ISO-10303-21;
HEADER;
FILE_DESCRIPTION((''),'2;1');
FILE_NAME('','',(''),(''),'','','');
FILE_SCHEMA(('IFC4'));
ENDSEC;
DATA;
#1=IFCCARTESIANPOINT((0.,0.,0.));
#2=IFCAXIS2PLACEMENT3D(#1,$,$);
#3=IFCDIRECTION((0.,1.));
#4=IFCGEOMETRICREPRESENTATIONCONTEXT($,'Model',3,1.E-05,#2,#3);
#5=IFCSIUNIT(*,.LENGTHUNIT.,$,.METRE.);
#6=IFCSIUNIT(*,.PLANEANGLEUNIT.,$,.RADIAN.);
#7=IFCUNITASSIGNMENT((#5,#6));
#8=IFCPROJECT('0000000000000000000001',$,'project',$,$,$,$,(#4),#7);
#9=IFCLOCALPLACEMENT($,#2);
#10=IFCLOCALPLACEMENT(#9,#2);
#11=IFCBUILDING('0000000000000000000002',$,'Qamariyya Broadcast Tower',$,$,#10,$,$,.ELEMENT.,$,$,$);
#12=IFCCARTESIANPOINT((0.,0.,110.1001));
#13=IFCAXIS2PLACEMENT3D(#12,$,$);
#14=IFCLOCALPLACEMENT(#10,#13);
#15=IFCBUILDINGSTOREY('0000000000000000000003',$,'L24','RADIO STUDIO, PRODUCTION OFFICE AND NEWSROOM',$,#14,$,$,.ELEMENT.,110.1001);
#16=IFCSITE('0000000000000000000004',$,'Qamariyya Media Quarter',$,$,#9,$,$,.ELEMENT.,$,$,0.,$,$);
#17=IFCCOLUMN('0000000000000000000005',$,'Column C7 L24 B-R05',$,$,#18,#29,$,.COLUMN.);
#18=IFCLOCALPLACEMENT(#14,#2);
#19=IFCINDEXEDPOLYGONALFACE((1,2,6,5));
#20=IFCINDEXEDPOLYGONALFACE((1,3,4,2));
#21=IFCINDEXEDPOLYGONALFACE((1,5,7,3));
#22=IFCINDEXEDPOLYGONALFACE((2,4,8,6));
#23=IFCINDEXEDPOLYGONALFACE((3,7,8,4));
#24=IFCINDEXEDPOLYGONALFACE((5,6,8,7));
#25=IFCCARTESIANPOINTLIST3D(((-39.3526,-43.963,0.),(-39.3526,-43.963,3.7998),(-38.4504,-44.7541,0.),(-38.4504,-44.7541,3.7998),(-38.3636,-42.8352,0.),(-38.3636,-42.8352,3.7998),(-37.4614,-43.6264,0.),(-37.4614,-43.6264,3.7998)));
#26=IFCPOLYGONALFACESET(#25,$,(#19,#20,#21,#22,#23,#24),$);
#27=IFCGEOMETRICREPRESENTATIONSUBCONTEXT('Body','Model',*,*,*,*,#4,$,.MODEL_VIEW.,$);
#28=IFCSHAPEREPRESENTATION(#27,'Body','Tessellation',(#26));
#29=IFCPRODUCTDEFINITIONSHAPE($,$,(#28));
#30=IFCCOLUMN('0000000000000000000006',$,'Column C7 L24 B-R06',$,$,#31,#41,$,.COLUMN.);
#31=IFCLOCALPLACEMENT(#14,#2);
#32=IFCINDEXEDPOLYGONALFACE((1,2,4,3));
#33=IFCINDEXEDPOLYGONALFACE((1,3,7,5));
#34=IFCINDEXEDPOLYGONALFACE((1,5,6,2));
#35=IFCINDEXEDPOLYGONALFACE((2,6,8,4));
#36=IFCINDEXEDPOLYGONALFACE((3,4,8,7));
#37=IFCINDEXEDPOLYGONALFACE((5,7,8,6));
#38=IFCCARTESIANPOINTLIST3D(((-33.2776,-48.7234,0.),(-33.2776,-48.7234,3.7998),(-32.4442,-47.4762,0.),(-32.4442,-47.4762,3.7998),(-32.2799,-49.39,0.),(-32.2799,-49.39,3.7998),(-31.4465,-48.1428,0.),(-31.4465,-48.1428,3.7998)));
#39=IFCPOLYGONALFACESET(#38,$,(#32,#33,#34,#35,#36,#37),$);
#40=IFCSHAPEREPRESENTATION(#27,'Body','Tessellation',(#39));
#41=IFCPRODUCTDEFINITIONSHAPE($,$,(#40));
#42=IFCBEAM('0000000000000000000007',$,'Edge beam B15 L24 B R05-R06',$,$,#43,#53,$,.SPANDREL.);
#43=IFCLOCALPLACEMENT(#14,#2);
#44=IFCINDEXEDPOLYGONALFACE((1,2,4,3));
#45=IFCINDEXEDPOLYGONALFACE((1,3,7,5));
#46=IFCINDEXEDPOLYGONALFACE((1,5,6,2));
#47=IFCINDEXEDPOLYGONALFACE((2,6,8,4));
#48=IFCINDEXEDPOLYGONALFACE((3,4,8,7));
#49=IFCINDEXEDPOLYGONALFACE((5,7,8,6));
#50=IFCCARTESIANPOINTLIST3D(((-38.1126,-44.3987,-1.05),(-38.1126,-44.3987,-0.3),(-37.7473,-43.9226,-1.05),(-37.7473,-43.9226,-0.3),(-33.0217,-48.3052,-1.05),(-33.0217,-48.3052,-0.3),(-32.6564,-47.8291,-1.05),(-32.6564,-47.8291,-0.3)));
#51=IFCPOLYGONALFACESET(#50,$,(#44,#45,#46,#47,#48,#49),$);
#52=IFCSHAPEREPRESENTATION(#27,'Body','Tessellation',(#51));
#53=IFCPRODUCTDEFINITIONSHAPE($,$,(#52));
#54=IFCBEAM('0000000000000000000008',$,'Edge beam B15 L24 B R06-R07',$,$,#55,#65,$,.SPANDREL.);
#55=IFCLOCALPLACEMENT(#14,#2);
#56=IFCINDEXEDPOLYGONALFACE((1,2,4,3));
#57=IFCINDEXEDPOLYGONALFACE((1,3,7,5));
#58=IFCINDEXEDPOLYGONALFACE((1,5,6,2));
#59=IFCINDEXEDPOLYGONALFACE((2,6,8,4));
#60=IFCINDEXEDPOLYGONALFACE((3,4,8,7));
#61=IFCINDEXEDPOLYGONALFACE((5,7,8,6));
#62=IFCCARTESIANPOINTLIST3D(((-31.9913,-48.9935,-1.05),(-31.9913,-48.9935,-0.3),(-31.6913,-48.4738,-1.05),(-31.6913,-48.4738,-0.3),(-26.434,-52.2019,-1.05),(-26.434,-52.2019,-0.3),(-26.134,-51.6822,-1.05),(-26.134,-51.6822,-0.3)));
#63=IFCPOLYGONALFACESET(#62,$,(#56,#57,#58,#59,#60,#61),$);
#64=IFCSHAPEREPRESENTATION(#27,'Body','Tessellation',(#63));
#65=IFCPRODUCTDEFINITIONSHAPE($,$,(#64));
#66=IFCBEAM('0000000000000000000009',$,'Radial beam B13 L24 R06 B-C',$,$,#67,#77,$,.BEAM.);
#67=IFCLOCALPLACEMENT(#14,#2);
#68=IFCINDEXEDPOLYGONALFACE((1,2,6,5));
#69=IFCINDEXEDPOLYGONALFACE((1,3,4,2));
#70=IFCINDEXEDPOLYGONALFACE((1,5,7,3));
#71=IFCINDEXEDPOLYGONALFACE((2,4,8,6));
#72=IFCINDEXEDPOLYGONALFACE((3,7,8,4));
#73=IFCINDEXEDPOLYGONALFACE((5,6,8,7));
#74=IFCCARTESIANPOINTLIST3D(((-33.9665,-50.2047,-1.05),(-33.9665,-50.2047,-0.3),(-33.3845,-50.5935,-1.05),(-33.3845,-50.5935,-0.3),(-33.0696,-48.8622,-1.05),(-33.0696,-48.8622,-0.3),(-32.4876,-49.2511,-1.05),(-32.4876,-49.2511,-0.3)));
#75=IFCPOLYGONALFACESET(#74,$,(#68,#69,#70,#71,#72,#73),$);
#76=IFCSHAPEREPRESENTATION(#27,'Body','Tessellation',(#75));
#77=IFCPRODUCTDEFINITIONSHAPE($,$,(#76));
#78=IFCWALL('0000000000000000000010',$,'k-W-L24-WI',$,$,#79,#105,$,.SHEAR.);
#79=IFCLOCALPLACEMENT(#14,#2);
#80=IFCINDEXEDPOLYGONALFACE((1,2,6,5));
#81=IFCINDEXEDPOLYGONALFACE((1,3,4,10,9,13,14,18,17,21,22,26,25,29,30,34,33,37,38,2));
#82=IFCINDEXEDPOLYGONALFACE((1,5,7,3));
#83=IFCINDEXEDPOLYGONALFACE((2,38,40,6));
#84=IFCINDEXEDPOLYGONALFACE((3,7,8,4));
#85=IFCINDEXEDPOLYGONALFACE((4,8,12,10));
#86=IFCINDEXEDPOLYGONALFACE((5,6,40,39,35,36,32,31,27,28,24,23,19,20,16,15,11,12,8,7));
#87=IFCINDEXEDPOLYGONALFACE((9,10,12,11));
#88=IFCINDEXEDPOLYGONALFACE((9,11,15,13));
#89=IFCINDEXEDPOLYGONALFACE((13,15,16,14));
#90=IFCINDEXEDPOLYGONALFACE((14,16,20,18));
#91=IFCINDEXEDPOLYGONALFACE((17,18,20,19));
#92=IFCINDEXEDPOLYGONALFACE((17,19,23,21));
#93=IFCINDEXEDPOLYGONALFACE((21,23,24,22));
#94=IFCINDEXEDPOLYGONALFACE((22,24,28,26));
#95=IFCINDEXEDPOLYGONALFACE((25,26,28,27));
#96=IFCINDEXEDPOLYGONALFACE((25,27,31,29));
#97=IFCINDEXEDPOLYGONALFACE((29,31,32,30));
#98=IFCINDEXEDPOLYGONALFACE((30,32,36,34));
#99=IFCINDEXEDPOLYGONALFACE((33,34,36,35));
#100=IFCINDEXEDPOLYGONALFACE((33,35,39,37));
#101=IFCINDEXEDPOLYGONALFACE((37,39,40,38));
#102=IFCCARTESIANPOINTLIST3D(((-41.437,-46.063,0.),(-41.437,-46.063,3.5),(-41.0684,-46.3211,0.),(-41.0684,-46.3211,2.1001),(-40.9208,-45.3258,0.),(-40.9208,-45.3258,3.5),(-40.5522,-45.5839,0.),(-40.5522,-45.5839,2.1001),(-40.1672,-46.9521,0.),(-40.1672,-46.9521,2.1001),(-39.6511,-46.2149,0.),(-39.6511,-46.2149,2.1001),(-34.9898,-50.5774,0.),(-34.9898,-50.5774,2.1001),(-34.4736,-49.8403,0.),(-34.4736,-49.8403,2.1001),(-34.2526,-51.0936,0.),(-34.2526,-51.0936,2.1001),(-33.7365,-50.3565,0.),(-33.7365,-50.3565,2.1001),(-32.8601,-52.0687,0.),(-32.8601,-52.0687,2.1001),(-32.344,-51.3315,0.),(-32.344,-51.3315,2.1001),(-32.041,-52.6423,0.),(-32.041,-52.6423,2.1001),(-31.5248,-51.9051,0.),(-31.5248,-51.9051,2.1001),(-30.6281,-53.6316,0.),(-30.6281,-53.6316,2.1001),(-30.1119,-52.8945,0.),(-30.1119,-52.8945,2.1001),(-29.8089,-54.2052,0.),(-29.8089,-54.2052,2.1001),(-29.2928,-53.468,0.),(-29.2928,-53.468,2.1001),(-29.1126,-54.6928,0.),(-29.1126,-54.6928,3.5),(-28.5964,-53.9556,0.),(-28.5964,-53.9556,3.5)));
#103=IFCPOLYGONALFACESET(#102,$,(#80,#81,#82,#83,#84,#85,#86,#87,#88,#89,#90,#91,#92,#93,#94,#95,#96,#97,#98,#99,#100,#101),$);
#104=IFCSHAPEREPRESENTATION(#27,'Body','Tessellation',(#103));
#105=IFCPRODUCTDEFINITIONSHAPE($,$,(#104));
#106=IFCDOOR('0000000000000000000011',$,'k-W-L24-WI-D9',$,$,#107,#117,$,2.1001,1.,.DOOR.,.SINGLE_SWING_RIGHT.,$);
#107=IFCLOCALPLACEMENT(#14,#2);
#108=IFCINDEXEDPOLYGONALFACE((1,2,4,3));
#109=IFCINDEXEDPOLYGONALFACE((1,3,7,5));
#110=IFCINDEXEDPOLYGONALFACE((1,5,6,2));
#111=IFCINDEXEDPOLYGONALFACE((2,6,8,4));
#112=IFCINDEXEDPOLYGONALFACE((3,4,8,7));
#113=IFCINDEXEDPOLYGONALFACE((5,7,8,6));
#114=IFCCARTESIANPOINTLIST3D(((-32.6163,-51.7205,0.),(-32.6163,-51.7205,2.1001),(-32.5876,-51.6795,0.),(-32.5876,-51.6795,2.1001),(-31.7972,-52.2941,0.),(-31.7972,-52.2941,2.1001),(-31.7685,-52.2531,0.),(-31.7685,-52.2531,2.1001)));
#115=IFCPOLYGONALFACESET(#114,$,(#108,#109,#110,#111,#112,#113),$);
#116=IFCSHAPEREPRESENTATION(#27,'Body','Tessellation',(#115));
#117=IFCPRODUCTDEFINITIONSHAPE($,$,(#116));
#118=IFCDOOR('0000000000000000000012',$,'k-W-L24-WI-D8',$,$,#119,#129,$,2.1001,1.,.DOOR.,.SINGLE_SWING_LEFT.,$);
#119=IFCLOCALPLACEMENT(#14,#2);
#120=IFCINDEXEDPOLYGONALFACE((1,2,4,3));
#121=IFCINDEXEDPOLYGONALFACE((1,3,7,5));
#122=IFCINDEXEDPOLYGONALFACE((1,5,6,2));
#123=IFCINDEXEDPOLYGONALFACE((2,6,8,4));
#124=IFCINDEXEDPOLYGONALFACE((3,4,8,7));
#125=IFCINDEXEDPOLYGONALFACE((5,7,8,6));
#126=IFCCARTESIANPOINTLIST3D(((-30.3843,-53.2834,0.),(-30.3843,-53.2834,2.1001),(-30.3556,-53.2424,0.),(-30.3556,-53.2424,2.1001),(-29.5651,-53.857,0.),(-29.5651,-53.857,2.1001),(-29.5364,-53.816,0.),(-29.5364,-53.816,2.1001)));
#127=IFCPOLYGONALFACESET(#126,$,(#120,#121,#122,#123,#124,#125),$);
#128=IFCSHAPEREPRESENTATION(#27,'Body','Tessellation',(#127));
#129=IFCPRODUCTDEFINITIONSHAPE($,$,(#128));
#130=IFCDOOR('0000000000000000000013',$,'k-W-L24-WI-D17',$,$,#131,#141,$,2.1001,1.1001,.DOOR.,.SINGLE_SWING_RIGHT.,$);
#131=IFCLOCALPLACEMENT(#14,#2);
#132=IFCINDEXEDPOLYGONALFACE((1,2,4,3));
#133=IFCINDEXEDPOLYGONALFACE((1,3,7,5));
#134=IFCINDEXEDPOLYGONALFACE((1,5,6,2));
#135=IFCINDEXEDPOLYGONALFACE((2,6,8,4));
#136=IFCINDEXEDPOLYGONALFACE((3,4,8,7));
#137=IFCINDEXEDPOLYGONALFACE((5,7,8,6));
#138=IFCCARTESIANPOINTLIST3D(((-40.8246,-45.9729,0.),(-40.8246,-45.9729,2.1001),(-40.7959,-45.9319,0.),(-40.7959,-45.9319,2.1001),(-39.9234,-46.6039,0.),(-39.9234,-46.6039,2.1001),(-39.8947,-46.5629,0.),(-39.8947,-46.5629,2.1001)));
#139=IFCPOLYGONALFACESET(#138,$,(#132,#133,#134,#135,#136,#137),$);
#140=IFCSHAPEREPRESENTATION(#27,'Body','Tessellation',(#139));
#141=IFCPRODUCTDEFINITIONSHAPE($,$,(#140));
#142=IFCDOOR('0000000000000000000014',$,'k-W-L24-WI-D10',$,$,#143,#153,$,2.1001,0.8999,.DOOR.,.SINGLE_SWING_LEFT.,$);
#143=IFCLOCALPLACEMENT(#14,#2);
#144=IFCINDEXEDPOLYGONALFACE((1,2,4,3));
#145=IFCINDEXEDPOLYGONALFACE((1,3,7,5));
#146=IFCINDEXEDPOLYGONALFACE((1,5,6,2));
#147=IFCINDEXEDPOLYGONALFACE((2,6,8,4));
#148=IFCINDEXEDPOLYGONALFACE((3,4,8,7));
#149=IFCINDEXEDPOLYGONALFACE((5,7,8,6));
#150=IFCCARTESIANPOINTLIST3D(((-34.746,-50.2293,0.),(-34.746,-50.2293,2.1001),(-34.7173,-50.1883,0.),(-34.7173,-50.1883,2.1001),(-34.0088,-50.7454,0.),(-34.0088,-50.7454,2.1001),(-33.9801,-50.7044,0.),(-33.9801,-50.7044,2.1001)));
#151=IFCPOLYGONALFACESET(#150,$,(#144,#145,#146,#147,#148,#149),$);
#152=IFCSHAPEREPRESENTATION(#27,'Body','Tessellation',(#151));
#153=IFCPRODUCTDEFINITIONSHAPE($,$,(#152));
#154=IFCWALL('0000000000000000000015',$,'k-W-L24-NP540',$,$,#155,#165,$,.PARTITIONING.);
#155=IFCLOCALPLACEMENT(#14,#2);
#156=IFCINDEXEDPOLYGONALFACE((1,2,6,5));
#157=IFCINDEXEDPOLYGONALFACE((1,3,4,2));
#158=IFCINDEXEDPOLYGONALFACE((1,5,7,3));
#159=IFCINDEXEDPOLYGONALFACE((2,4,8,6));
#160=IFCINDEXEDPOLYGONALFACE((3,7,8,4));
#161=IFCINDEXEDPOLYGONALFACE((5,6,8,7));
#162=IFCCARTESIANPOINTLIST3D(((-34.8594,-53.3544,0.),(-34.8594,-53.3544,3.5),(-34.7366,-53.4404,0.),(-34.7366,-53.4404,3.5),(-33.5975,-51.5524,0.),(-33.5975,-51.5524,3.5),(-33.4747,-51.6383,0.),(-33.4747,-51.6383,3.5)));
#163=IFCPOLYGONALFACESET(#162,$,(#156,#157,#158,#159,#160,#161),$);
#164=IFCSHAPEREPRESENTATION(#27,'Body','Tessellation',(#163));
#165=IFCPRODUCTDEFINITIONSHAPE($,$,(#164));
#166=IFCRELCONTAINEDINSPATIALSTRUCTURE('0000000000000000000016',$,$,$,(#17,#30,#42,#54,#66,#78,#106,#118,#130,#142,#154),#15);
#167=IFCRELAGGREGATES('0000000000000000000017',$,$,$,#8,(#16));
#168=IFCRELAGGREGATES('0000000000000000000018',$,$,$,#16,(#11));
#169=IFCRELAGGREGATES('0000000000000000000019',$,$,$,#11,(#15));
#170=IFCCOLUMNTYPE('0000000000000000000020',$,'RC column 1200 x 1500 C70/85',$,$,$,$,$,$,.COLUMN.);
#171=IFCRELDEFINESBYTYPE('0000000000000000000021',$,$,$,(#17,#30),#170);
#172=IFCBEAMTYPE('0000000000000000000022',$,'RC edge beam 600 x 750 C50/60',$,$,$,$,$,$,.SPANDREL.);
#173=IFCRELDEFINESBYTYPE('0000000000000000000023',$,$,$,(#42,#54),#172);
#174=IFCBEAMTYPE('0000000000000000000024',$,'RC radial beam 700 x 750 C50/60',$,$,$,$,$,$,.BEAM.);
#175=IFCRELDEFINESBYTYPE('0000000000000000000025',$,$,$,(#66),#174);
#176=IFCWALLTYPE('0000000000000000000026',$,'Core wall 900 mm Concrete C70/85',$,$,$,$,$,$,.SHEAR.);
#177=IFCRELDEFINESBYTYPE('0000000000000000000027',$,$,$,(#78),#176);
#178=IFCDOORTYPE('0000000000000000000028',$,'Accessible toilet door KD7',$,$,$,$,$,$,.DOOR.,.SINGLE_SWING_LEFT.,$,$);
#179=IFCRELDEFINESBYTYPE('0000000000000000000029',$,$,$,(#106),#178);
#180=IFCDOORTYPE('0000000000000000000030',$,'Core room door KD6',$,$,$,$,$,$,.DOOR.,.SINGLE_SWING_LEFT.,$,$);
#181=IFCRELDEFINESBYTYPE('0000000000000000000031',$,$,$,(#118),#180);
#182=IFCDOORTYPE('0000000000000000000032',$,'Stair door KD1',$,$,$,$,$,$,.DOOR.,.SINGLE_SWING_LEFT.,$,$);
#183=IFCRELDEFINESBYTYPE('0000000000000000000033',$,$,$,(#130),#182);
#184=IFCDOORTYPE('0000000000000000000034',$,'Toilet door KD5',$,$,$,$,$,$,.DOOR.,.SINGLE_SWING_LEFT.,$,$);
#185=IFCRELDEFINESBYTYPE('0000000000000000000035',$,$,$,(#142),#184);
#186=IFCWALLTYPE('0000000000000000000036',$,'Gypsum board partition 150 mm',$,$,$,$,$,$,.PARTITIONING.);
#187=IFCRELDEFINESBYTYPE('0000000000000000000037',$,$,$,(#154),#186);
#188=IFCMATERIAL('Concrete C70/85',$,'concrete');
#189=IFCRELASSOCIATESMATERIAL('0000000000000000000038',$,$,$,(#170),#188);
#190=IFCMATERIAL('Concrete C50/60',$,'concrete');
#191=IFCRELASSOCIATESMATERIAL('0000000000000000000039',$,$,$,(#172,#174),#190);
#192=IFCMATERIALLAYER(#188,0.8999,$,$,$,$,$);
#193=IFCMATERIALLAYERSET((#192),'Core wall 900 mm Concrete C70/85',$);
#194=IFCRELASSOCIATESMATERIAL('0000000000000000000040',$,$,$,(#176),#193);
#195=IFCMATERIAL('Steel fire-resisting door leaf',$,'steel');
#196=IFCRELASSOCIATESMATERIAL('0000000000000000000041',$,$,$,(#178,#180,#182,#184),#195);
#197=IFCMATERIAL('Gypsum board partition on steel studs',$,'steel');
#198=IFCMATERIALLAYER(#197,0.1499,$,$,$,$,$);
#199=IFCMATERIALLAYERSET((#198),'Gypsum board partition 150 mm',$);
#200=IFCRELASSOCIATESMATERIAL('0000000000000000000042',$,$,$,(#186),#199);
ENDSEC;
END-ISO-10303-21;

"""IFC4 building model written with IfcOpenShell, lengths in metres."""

from ifc_helpers import new_model, si_unit, direction, frame, frame_2d, origin, origin_2d, place, context, subcontext, project, spatial, rectangle, extrude, material, layer, layer_set, material_profile, profile_set, type_object, element, fill, save


model = new_model("IFC4")

# Units and contexts
model_context = context("Model", 3, precision=1e-05, world=origin(), true_north=direction((0.0, 1.0)))
body_context = subcontext(model_context, "Body", "Model", "MODEL_VIEW")
ifc_project = project(units=[si_unit("LENGTHUNIT", "METRE"), si_unit("PLANEANGLEUNIT", "RADIAN")], contexts=[model_context])

# Site, building, storey
site_placement = place(None, origin())
site = spatial("IfcSite", under=ifc_project, at=site_placement, Name="Qamariyya Media Quarter", CompositionType="ELEMENT", RefElevation=0.0)
building_placement = place(site_placement, origin())
building = spatial("IfcBuilding", under=site, at=building_placement, Name="Qamariyya Broadcast Tower", CompositionType="ELEMENT")
storey_placement = place(building_placement, frame((0.0, 0.0, 110.1001)))
storey = spatial("IfcBuildingStorey", under=building, at=storey_placement, Name="L24", Description="RADIO STUDIO, PRODUCTION OFFICE AND NEWSROOM", CompositionType="ELEMENT", Elevation=110.1001)

# Columns
ifc_material_1 = material(Name="Concrete C70/85", Category="concrete")
ifc_material_profile_1 = material_profile(ifc_material_1, rectangle(XDim=1.2, YDim=1.5, at=origin_2d()))
ifc_profile_set_1 = profile_set([ifc_material_profile_1], Name="Concrete C70/85")
column_type = type_object("IfcColumnType", Name="RC column 1200 x 1500 C70/85", PredefinedType="COLUMN", material=ifc_profile_set_1)
for number, where, z_axis, x_axis, name in (
    (1, (-38.407, -43.7947, 0.0), (0.0, 0.0, 1.0), (0.75184, -0.659346, 0.0), "Column C7 L24 B-R05"),
    (2, (-32.3621, -48.4331, 0.0), (0.0, 0.0, 1.0), (0.83147, -0.55557, 0.0), "Column C7 L24 B-R06"),
):
    element("IfcColumn", number, at=place(storey_placement, frame(where, z_axis=z_axis, x_axis=x_axis)), inside=storey, type_object=column_type, Name=name, PredefinedType="COLUMN", context=body_context, shape_type="SweptSolid", body=[
        extrude(rectangle(XDim=1.2, YDim=1.5, at=origin_2d()), origin(), (0.0, 0.0, 1.0), 3.7998),
    ])

# Beams
ifc_material_2 = material(Name="Concrete C50/60", Category="concrete")
ifc_material_profile_2 = material_profile(ifc_material_2, rectangle(XDim=0.6001, YDim=0.75, at=origin_2d()))
ifc_profile_set_2 = profile_set([ifc_material_profile_2], Name="Concrete C50/60")
beam_type_1 = type_object("IfcBeamType", Name="RC edge beam 600 x 750 C50/60", PredefinedType="SPANDREL", material=ifc_profile_set_2)
for number, where, z_axis, x_axis, name in (
    (3, (-37.9299, -44.1606, -0.675), (0.793341, -0.608778, 0.0), (0.608778, 0.793341, 0.0), "Edge beam B15 L24 B R05-R06"),
    (4, (-31.8413, -48.7336, -0.675), (0.866029, -0.499994, 0.0), (0.499994, 0.866029, 0.0), "Edge beam B15 L24 B R06-R07"),
):
    element("IfcBeam", number, at=place(storey_placement, frame(where, z_axis=z_axis, x_axis=x_axis)), inside=storey, type_object=beam_type_1, Name=name, PredefinedType="SPANDREL", context=body_context, shape_type="SweptSolid", body=[
        extrude(rectangle(XDim=0.6001, YDim=0.75, at=origin_2d()), origin(), (0.0, 0.0, 1.0), 6.417),
    ])
ifc_material_profile_3 = material_profile(ifc_material_2, rectangle(XDim=0.7, YDim=0.75, at=origin_2d()))
ifc_profile_set_3 = profile_set([ifc_material_profile_3], Name="Concrete C50/60")
beam_type_2 = type_object("IfcBeamType", Name="RC radial beam 700 x 750 C50/60", PredefinedType="BEAM", material=ifc_profile_set_3)
beam_placement = place(storey_placement, frame((-32.7786, -49.0566, -0.675), z_axis=(-0.555537, -0.831492, 0.0), x_axis=(0.831492, -0.555537, 0.0)))
element("IfcBeam", 5, at=beam_placement, inside=storey, type_object=beam_type_2, Name="Radial beam B13 L24 R06 B-C", PredefinedType="BEAM", context=body_context, shape_type="SweptSolid", body=[
    extrude(rectangle(XDim=0.7, YDim=0.75, at=origin_2d()), origin(), (0.0, 0.0, 1.0), 1.6145),
])

# Wall, openings, doors
ifc_layer_1 = layer(ifc_material_1, 0.8999)
ifc_layer_set_1 = layer_set([ifc_layer_1], Name="Core wall 900 mm Concrete C70/85")
wall_type_1 = type_object("IfcWallType", Name="Core wall 900 mm Concrete C70/85", PredefinedType="SHEAR", material=ifc_layer_set_1)
wall_1_placement = place(storey_placement, frame((-28.8545, -54.3242, 0.0), z_axis=(0.0, 0.0, 1.0), x_axis=(-0.819146, 0.573585, 0.0)))
wall_1 = element("IfcWall", 6, at=wall_1_placement, inside=storey, type_object=wall_type_1, Name="k-W-L24-WI", PredefinedType="SHEAR", context=body_context, shape_type="SweptSolid", body=[
    extrude(rectangle(XDim=15.0454, YDim=0.8999, at=frame_2d((7.5227, 0.0))), origin(), (0.0, 0.0, 1.0), 3.5),
])
opening_1_placement = place(wall_1_placement, frame((0.8501, 0.0, 0.0)))
opening_1 = element("IfcOpeningElement", 7, at=opening_1_placement, cuts=wall_1, PredefinedType="OPENING", context=body_context, shape_type="SweptSolid", body=[
    extrude(rectangle(XDim=1.0, YDim=2.1001, at=frame_2d((0.5, 1.05))), frame((0.0, 0.46, 0.0), z_axis=(0.0, -1.0, 0.0), x_axis=(1.0, 0.0, 0.0)), (0.0, 0.0, 1.0), 0.9199),
])
opening_2_placement = place(wall_1_placement, frame((3.575, 0.0, 0.0)))
opening_2 = element("IfcOpeningElement", 8, at=opening_2_placement, cuts=wall_1, PredefinedType="OPENING", context=body_context, shape_type="SweptSolid", body=[
    extrude(rectangle(XDim=1.0, YDim=2.1001, at=frame_2d((0.5, 1.05))), frame((0.0, 0.46, 0.0), z_axis=(0.0, -1.0, 0.0), x_axis=(1.0, 0.0, 0.0)), (0.0, 0.0, 1.0), 0.9199),
])
opening_3_placement = place(wall_1_placement, frame((6.2749, 0.0, 0.0)))
opening_3 = element("IfcOpeningElement", 9, at=opening_3_placement, cuts=wall_1, PredefinedType="OPENING", context=body_context, shape_type="SweptSolid", body=[
    extrude(rectangle(XDim=0.8999, YDim=2.1001, at=frame_2d((0.45, 1.05))), frame((0.0, 0.46, 0.0), z_axis=(0.0, -1.0, 0.0), x_axis=(1.0, 0.0, 0.0)), (0.0, 0.0, 1.0), 0.9199),
])
opening_4_placement = place(wall_1_placement, frame((13.4954, 0.0, 0.0)))
opening_4 = element("IfcOpeningElement", 10, at=opening_4_placement, cuts=wall_1, PredefinedType="OPENING", context=body_context, shape_type="SweptSolid", body=[
    extrude(rectangle(XDim=1.1001, YDim=2.1001, at=frame_2d((0.55, 1.05))), frame((0.0, 0.46, 0.0), z_axis=(0.0, -1.0, 0.0), x_axis=(1.0, 0.0, 0.0)), (0.0, 0.0, 1.0), 0.9199),
])
ifc_material_3 = material(Name="Steel fire-resisting door leaf", Category="steel")
door_type_1 = type_object("IfcDoorType", Name="Accessible toilet door KD7", OperationType="SINGLE_SWING_LEFT", PredefinedType="DOOR", material=ifc_material_3)
door_1_placement = place(opening_2_placement, origin())
door_1 = element("IfcDoor", 11, at=door_1_placement, inside=storey, type_object=door_type_1, Name="k-W-L24-WI-D9", OperationType="SINGLE_SWING_RIGHT", OverallHeight=2.1001, OverallWidth=1.0, PredefinedType="DOOR", context=body_context, shape_type="SweptSolid", body=[
    extrude(rectangle(XDim=1.0, YDim=2.1001, at=frame_2d((0.5, 1.05))), frame((0.0, 0.0249, 0.0), z_axis=(0.0, -1.0, 0.0), x_axis=(1.0, 0.0, 0.0)), (0.0, 0.0, 1.0), 0.05),
])
fill(opening_2, door_1)
door_type_2 = type_object("IfcDoorType", Name="Core room door KD6", OperationType="SINGLE_SWING_LEFT", PredefinedType="DOOR", material=ifc_material_3)
door_2_placement = place(opening_1_placement, origin())
door_2 = element("IfcDoor", 12, at=door_2_placement, inside=storey, type_object=door_type_2, Name="k-W-L24-WI-D8", OperationType="SINGLE_SWING_LEFT", OverallHeight=2.1001, OverallWidth=1.0, PredefinedType="DOOR", context=body_context, shape_type="SweptSolid", body=[
    extrude(rectangle(XDim=1.0, YDim=2.1001, at=frame_2d((0.5, 1.05))), frame((0.0, 0.0249, 0.0), z_axis=(0.0, -1.0, 0.0), x_axis=(1.0, 0.0, 0.0)), (0.0, 0.0, 1.0), 0.05),
])
fill(opening_1, door_2)
door_type_3 = type_object("IfcDoorType", Name="Stair door KD1", OperationType="SINGLE_SWING_LEFT", PredefinedType="DOOR", material=ifc_material_3)
door_3_placement = place(opening_4_placement, origin())
door_3 = element("IfcDoor", 13, at=door_3_placement, inside=storey, type_object=door_type_3, Name="k-W-L24-WI-D17", OperationType="SINGLE_SWING_RIGHT", OverallHeight=2.1001, OverallWidth=1.1001, PredefinedType="DOOR", context=body_context, shape_type="SweptSolid", body=[
    extrude(rectangle(XDim=1.1001, YDim=2.1001, at=frame_2d((0.55, 1.05))), frame((0.0, 0.0249, 0.0), z_axis=(0.0, -1.0, 0.0), x_axis=(1.0, 0.0, 0.0)), (0.0, 0.0, 1.0), 0.05),
])
fill(opening_4, door_3)
door_type_4 = type_object("IfcDoorType", Name="Toilet door KD5", OperationType="SINGLE_SWING_LEFT", PredefinedType="DOOR", material=ifc_material_3)
door_4_placement = place(opening_3_placement, origin())
door_4 = element("IfcDoor", 14, at=door_4_placement, inside=storey, type_object=door_type_4, Name="k-W-L24-WI-D10", OperationType="SINGLE_SWING_LEFT", OverallHeight=2.1001, OverallWidth=0.8999, PredefinedType="DOOR", context=body_context, shape_type="SweptSolid", body=[
    extrude(rectangle(XDim=0.8999, YDim=2.1001, at=frame_2d((0.45, 1.05))), frame((0.0, 0.0249, 0.0), z_axis=(0.0, -1.0, 0.0), x_axis=(1.0, 0.0, 0.0)), (0.0, 0.0, 1.0), 0.05),
])
fill(opening_3, door_4)

# Wall
ifc_material_4 = material(Name="Gypsum board partition on steel studs", Category="steel")
ifc_layer_2 = layer(ifc_material_4, 0.1499)
ifc_layer_set_2 = layer_set([ifc_layer_2], Name="Gypsum board partition 150 mm")
wall_type_2 = type_object("IfcWallType", Name="Gypsum board partition 150 mm", PredefinedType="PARTITIONING", material=ifc_layer_set_2)
wall_2_placement = place(storey_placement, frame((-34.7981, -53.3975, 0.0), z_axis=(0.0, 0.0, 1.0), x_axis=(0.573634, 0.819112, 0.0)))
element("IfcWall", 15, at=wall_2_placement, inside=storey, type_object=wall_type_2, Name="k-W-L24-NP540", PredefinedType="PARTITIONING", context=body_context, shape_type="SweptSolid", body=[
    extrude(rectangle(XDim=2.2, YDim=0.1499, at=frame_2d((1.1001, 0.0))), origin(), (0.0, 0.0, 1.0), 3.5),
])

save(model, "model.ifc")
